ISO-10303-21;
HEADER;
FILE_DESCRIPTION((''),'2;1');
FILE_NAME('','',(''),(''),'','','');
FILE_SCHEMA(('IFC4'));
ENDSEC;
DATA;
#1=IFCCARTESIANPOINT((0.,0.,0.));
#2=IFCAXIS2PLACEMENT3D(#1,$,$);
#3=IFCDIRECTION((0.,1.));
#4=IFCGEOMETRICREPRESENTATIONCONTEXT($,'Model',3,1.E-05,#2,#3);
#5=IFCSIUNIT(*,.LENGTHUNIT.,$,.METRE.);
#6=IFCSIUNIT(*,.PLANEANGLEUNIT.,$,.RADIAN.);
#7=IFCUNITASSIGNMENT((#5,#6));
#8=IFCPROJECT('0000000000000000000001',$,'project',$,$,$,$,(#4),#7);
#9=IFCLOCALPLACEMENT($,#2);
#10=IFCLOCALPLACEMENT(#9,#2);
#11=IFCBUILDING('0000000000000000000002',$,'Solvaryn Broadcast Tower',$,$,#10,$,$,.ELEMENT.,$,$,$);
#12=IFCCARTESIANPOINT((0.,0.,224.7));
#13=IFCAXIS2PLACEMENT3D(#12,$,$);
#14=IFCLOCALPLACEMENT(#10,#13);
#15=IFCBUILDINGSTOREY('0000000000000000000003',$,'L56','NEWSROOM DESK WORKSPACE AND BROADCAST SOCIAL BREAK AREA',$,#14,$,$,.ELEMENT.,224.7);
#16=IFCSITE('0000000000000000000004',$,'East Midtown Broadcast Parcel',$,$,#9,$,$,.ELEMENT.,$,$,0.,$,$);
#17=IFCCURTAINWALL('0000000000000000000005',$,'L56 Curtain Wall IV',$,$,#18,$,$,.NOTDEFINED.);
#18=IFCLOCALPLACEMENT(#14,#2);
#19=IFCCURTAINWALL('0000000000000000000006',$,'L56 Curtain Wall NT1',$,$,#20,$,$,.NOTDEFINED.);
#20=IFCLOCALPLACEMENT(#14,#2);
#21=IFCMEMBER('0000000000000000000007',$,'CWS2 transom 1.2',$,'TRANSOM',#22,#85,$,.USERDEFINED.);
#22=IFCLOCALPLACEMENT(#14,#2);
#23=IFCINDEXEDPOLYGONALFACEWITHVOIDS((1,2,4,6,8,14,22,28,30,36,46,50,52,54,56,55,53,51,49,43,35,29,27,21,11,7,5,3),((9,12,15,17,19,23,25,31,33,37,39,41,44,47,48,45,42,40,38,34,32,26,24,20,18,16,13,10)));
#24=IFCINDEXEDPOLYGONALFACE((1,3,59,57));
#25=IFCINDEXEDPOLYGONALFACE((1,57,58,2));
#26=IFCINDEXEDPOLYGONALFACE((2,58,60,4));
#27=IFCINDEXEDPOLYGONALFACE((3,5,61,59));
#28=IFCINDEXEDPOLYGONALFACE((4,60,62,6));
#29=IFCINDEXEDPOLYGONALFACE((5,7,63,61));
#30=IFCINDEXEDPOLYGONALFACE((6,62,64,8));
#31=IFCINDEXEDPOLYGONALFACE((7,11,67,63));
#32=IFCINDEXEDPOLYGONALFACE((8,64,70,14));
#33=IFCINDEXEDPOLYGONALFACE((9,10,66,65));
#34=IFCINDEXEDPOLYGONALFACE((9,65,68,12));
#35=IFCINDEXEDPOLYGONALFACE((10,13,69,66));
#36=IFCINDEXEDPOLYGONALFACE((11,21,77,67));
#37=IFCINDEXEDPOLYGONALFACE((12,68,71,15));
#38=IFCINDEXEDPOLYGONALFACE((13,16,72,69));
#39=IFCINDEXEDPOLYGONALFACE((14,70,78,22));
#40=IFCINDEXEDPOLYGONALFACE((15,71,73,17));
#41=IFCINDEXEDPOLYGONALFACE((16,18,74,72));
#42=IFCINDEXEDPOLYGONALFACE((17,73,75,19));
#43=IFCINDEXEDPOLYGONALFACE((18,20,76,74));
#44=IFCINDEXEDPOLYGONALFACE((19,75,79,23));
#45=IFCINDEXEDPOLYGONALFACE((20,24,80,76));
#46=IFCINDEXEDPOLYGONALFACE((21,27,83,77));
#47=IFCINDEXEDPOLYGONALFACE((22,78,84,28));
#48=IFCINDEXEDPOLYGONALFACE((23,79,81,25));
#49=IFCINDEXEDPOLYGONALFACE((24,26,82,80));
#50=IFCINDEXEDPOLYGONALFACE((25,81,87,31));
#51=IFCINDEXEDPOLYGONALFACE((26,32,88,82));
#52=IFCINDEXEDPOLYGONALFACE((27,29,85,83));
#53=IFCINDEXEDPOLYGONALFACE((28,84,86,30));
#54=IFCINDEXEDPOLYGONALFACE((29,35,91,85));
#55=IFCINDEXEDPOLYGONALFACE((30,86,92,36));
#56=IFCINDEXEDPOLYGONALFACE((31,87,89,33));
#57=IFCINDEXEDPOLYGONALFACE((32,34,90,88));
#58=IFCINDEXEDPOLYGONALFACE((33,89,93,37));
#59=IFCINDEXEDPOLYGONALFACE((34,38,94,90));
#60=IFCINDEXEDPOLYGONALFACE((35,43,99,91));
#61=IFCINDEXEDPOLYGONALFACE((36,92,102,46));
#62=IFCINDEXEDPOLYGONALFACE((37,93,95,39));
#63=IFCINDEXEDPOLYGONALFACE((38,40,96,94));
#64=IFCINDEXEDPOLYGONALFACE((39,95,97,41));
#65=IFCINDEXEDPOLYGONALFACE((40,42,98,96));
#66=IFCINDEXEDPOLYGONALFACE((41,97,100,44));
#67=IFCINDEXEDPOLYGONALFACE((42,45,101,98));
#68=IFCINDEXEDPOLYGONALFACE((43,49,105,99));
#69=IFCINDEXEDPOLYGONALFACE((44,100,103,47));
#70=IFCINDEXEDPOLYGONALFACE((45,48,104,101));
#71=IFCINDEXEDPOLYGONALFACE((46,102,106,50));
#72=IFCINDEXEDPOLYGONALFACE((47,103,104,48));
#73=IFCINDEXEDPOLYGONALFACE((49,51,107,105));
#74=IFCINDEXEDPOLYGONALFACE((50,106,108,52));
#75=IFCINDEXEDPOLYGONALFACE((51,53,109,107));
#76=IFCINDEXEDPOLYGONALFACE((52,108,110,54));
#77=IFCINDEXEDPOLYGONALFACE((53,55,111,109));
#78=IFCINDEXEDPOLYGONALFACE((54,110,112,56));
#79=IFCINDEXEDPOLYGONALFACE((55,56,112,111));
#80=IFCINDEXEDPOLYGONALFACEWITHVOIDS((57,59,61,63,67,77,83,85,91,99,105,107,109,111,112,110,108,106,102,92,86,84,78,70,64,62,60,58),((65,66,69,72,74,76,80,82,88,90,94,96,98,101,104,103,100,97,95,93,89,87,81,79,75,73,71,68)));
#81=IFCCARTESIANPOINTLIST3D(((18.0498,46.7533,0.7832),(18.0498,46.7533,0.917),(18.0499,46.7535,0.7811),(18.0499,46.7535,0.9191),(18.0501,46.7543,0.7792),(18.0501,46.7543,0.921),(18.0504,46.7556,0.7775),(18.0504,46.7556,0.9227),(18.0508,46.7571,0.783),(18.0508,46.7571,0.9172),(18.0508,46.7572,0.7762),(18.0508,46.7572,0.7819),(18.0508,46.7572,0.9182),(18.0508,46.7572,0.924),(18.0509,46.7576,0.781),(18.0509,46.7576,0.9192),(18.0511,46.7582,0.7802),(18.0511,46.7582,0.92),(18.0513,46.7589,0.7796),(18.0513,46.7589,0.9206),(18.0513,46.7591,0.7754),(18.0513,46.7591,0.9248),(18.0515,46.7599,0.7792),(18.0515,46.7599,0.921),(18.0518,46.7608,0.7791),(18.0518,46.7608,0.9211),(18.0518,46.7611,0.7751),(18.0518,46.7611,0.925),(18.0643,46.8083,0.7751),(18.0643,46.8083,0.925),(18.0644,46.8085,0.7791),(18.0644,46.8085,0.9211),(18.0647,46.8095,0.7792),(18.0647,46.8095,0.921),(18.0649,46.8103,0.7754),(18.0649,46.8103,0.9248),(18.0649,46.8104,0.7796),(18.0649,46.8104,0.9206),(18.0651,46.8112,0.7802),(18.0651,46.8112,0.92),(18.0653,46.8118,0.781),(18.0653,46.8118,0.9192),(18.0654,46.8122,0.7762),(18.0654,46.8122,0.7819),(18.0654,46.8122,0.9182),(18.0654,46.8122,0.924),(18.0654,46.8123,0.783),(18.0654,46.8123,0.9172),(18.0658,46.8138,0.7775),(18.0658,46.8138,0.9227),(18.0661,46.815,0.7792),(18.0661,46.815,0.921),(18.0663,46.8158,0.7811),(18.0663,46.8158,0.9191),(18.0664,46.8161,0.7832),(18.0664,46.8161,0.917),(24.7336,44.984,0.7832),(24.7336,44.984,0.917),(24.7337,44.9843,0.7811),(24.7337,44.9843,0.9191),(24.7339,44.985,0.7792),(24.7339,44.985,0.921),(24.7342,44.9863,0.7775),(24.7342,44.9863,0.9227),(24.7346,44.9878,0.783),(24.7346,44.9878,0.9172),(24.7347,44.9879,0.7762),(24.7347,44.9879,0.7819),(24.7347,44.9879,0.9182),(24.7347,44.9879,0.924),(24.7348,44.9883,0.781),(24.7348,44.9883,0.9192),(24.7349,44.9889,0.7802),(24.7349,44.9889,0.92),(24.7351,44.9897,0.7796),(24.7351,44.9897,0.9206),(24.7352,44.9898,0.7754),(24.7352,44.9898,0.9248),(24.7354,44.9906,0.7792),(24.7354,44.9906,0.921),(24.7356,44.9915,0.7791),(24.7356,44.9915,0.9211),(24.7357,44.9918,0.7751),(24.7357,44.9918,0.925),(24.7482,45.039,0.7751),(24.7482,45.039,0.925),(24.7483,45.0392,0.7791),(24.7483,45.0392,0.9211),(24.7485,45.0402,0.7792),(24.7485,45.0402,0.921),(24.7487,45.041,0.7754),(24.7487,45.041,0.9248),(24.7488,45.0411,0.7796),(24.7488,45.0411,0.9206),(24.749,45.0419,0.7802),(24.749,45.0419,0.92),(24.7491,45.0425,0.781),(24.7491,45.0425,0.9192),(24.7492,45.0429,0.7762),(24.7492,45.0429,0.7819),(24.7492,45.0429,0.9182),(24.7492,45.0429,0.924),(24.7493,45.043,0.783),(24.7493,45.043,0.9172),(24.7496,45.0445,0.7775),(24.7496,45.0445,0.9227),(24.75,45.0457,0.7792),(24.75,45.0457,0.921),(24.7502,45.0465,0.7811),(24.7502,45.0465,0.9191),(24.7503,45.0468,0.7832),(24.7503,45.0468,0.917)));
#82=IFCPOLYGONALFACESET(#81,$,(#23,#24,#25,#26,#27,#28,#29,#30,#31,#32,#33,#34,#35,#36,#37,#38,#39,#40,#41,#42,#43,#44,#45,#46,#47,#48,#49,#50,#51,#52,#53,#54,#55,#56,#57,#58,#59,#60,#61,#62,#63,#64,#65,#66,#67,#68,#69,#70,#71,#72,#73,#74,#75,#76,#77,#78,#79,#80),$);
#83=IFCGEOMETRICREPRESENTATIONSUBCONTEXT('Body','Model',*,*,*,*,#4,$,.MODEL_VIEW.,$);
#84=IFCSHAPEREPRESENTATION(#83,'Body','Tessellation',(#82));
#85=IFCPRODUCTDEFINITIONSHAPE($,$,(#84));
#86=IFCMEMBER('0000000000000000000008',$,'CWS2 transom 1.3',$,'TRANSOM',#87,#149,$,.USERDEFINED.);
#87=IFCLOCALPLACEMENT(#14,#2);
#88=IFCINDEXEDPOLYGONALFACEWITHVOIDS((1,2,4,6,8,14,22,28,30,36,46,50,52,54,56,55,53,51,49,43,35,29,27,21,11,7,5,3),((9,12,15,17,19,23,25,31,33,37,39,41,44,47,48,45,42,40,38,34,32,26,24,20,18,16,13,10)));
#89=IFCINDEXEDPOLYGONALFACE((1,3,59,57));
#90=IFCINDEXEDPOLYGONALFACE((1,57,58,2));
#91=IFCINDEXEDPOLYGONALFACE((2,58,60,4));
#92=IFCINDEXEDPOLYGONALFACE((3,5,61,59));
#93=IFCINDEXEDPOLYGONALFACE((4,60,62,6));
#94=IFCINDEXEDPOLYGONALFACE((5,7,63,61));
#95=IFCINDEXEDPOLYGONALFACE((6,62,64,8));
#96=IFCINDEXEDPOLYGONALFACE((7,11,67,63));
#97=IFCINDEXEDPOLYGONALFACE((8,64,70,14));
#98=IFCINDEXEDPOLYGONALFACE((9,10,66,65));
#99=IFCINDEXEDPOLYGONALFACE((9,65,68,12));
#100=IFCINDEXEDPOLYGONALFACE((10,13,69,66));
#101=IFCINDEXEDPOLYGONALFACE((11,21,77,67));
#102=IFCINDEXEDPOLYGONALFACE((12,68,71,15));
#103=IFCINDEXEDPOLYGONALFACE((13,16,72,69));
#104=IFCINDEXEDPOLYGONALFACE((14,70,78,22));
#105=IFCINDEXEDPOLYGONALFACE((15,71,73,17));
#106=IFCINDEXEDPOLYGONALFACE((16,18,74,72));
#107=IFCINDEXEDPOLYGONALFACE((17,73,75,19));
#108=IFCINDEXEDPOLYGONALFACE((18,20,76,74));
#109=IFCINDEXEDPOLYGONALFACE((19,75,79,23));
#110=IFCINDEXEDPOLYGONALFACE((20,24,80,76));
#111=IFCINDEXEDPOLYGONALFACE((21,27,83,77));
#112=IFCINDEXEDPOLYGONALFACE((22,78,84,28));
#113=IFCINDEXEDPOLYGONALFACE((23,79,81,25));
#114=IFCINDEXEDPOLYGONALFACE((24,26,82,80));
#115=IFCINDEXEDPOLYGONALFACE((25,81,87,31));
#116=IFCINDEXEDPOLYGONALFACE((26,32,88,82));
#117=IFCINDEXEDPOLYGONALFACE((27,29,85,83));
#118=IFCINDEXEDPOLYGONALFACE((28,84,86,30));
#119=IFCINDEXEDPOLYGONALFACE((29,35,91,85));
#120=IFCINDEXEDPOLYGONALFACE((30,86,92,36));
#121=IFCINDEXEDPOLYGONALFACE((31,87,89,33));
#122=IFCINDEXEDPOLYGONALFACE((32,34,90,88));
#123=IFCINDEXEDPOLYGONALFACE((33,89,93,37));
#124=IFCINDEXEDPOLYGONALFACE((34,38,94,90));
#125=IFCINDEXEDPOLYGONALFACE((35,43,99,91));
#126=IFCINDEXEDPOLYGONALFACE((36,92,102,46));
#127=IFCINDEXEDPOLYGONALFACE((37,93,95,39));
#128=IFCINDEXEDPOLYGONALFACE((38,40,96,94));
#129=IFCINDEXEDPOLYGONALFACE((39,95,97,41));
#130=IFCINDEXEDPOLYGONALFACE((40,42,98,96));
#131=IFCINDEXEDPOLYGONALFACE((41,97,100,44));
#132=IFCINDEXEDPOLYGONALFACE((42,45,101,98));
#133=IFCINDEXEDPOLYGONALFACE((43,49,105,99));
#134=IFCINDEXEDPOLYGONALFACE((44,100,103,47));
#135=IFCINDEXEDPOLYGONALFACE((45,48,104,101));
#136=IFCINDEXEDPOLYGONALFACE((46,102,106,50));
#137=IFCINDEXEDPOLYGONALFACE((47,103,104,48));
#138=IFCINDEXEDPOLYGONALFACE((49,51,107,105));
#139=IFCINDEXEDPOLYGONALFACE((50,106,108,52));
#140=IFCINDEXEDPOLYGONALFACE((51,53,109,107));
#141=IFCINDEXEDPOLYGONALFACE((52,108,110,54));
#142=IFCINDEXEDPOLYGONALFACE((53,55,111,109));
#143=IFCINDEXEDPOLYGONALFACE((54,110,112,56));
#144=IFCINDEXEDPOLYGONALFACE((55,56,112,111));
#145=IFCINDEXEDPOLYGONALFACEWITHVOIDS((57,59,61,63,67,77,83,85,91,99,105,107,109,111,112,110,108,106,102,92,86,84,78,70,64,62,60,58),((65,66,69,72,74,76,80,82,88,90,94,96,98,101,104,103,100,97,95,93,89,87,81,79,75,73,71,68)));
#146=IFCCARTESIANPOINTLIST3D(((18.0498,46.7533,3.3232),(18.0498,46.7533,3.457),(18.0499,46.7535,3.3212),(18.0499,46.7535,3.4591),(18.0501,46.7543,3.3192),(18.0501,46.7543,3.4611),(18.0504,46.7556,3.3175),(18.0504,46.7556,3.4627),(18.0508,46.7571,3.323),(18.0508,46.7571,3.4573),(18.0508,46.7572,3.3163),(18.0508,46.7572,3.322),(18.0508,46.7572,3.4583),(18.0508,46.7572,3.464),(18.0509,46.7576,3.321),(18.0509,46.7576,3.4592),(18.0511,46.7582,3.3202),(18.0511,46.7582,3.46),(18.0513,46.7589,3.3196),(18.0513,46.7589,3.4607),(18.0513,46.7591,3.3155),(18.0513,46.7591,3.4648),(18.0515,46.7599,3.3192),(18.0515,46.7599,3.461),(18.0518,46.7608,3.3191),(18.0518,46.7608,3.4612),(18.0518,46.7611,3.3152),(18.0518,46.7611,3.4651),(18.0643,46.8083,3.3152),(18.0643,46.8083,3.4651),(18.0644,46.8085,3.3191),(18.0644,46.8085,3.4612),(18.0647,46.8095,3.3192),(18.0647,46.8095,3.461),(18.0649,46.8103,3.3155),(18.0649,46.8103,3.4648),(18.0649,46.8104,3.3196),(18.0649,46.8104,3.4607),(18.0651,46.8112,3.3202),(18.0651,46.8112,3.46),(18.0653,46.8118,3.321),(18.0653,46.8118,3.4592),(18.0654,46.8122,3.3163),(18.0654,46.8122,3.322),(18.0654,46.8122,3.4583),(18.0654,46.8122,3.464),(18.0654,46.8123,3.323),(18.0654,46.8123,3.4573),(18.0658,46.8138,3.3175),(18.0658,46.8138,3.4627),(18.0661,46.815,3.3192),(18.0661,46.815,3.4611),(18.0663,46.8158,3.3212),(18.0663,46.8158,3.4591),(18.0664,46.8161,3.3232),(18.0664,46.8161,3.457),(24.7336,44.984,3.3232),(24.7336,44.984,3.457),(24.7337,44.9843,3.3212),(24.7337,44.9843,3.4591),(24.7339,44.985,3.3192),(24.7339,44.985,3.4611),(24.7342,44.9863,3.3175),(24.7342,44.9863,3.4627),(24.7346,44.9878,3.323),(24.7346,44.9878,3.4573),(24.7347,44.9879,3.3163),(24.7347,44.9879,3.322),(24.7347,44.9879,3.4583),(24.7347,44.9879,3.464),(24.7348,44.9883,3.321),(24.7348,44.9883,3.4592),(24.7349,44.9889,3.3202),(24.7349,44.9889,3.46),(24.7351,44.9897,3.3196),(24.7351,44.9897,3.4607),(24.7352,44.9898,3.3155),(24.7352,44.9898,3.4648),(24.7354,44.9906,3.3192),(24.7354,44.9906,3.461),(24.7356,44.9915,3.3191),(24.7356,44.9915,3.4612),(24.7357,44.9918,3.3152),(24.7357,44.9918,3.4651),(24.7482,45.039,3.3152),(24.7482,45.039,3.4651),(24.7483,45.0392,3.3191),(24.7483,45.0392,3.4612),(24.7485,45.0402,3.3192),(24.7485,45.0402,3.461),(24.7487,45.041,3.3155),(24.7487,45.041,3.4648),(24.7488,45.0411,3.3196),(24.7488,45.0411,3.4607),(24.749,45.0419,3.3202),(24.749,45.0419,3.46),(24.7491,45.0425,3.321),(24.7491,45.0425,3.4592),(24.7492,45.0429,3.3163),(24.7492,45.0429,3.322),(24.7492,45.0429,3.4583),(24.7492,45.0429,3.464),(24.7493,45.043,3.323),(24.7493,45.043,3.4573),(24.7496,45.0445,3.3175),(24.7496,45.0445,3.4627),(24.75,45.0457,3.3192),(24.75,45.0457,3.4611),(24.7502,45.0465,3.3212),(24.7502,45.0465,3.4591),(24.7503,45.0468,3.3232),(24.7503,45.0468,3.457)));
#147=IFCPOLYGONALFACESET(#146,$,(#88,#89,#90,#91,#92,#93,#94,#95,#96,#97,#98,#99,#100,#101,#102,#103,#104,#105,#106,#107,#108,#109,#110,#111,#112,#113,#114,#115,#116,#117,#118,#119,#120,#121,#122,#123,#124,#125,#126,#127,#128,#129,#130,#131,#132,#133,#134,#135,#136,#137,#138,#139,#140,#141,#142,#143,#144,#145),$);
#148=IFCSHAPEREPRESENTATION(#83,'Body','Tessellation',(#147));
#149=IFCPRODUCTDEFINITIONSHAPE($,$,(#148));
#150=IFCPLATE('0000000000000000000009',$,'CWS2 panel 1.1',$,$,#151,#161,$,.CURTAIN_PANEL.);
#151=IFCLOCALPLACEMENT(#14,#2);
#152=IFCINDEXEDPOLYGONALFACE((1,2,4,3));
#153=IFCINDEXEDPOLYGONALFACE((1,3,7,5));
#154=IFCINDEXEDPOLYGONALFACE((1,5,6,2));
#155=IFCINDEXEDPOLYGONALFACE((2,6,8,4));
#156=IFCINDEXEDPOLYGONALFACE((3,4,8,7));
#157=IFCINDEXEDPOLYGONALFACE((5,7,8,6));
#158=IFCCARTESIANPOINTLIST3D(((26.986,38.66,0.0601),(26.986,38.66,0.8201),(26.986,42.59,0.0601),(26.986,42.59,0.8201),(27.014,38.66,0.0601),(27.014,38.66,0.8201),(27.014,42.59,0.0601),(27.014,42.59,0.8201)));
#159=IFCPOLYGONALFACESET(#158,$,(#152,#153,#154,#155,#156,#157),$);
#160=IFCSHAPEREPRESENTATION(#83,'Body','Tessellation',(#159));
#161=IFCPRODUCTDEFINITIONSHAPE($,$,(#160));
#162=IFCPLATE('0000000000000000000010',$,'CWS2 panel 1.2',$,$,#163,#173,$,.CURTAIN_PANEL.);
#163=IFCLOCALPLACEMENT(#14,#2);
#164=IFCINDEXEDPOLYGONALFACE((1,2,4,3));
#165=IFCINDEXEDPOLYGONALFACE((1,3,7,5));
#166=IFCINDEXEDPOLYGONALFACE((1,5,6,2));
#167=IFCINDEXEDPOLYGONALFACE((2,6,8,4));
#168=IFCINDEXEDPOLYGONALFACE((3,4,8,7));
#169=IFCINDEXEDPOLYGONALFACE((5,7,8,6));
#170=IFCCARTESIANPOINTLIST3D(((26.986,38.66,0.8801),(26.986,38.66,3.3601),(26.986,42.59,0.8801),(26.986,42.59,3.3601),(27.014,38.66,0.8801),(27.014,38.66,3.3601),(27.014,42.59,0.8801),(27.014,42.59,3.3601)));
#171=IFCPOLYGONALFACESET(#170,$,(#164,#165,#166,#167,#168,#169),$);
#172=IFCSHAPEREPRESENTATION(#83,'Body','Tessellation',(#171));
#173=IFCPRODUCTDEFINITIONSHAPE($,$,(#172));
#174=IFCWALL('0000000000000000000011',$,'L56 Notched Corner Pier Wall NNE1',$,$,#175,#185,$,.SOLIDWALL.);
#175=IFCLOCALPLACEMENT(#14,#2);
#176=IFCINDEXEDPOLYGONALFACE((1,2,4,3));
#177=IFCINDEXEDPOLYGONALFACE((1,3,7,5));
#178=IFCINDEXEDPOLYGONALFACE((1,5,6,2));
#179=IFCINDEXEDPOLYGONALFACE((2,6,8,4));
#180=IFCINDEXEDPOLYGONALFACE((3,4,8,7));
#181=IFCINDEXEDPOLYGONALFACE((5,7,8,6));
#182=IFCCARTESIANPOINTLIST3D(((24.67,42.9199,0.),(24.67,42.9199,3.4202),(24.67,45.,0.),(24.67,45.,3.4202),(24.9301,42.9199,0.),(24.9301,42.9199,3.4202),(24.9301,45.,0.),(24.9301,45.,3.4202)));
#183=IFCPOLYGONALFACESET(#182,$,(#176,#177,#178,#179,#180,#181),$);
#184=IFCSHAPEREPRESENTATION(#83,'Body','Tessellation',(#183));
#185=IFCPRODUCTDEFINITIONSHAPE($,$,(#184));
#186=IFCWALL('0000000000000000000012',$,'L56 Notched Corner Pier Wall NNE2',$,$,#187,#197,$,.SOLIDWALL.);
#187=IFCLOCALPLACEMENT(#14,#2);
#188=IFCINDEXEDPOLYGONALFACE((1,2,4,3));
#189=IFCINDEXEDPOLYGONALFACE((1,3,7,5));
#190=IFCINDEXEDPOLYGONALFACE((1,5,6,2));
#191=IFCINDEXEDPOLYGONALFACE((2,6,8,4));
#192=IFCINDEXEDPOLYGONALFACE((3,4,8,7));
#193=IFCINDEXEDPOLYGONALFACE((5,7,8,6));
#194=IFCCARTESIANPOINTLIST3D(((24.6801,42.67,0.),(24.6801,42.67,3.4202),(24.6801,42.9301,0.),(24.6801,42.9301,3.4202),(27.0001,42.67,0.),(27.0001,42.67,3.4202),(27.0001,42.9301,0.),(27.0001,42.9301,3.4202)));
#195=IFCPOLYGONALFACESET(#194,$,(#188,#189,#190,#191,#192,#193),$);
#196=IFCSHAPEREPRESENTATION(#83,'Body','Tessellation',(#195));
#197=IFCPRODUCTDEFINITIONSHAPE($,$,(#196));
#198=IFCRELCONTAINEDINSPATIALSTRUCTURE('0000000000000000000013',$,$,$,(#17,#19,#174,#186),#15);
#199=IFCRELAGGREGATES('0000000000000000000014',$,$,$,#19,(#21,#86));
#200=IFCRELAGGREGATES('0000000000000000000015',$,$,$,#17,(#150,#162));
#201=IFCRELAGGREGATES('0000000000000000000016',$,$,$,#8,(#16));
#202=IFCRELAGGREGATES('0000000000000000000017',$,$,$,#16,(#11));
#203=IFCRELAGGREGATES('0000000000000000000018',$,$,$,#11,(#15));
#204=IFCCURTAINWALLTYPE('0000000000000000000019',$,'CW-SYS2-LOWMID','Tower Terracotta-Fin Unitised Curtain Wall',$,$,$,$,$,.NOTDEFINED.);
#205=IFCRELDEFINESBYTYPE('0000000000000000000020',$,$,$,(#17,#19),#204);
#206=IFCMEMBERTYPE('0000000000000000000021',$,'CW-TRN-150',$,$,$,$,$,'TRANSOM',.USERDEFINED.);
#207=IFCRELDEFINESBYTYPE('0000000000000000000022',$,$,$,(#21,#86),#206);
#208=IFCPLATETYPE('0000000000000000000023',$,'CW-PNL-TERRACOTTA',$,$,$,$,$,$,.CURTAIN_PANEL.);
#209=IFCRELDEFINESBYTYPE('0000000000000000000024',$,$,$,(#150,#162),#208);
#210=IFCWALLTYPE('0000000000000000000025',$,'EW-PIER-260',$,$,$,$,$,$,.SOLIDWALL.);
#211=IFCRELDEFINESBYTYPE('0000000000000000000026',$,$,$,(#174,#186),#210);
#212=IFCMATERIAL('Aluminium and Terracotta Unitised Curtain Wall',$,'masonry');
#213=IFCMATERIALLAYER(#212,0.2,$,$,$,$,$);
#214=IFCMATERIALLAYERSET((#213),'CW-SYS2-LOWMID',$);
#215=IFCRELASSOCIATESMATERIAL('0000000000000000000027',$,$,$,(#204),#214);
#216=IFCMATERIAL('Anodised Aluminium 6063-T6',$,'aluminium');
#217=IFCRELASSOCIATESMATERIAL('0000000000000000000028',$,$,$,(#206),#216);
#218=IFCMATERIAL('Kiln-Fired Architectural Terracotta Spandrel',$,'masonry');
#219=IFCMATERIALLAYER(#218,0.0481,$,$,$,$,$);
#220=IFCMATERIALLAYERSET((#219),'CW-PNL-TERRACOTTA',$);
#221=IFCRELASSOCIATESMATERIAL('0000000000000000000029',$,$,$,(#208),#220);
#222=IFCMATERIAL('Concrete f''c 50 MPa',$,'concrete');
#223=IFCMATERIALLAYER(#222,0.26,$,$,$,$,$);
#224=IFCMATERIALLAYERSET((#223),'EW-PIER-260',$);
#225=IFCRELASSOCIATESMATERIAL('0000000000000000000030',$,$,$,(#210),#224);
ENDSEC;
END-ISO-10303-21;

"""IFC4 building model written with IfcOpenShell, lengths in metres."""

from ifc_helpers import new_model, si_unit, direction, frame, frame_2d, origin, origin_2d, place, context, subcontext, project, spatial, rectangle, hollow_rectangle, extrude, material, layer, layer_set, material_profile, profile_set, type_object, element, aggregate, save


model = new_model("IFC4")

# Units and contexts
model_context = context("Model", 3, precision=1e-05, world=origin(), true_north=direction((0.0, 1.0)))
body_context = subcontext(model_context, "Body", "Model", "MODEL_VIEW")
ifc_project = project(units=[si_unit("LENGTHUNIT", "METRE"), si_unit("PLANEANGLEUNIT", "RADIAN")], contexts=[model_context])

# Site, building, storey
site_placement = place(None, origin())
site = spatial("IfcSite", under=ifc_project, at=site_placement, Name="East Midtown Broadcast Parcel", CompositionType="ELEMENT", RefElevation=0.0)
building_placement = place(site_placement, origin())
building = spatial("IfcBuilding", under=site, at=building_placement, Name="Solvaryn Broadcast Tower", CompositionType="ELEMENT")
storey_placement = place(building_placement, frame((0.0, 0.0, 224.7)))
storey = spatial("IfcBuildingStorey", under=building, at=storey_placement, Name="L56", Description="NEWSROOM DESK WORKSPACE AND BROADCAST SOCIAL BREAK AREA", CompositionType="ELEMENT", Elevation=224.7)

# Curtain wall
ifc_material_1 = material(Name="Aluminium and Terracotta Unitised Curtain Wall", Category="masonry")
ifc_layer_1 = layer(ifc_material_1, 0.2)
ifc_layer_set_1 = layer_set([ifc_layer_1], Name="CW-SYS2-LOWMID")
curtain_wall_type = type_object("IfcCurtainWallType", Name="CW-SYS2-LOWMID", Description="Tower Terracotta-Fin Unitised Curtain Wall", PredefinedType="NOTDEFINED", material=ifc_layer_set_1)
curtain_wall_1_placement = place(storey_placement, origin())
curtain_wall_1 = element("IfcCurtainWall", 1, at=curtain_wall_1_placement, inside=storey, type_object=curtain_wall_type, Name="L56 Curtain Wall IV", PredefinedType="NOTDEFINED")

# Curtain wall
curtain_wall_2_placement = place(storey_placement, origin())
curtain_wall_2 = element("IfcCurtainWall", 2, at=curtain_wall_2_placement, inside=storey, type_object=curtain_wall_type, Name="L56 Curtain Wall NT1", PredefinedType="NOTDEFINED")

# Members
ifc_material_2 = material(Name="Anodised Aluminium 6063-T6", Category="aluminium")
ifc_material_profile_1 = material_profile(ifc_material_2, hollow_rectangle(XDim=0.0649, YDim=0.1499, WallThickness=0.0039, InnerFilletRadius=0.0039, OuterFilletRadius=0.0081, at=origin_2d()))
ifc_profile_set_1 = profile_set([ifc_material_profile_1], Name="Anodised Aluminium 6063-T6")
member_type_1 = type_object("IfcMemberType", Name="CW-TRN-150", ElementType="TRANSOM", PredefinedType="USERDEFINED", material=ifc_profile_set_1)
member_1_placement = place(storey_placement, frame((24.7419, 45.0154, 0.8501), z_axis=(-0.966704, 0.255897, 0.0), x_axis=(-0.255897, -0.966704, 0.0)))
member_1 = element("IfcMember", 3, at=member_1_placement, type_object=member_type_1, Name="CWS2 transom 1.2", ObjectType="TRANSOM", PredefinedType="USERDEFINED", context=body_context, shape_type="SweptSolid", body=[
    extrude(hollow_rectangle(XDim=0.0649, YDim=0.1499, WallThickness=0.0039, InnerFilletRadius=0.0039, OuterFilletRadius=0.0081, at=origin_2d()), origin(), (0.0, 0.0, 1.0), 6.9141),
])
member_2_placement = place(storey_placement, frame((24.7419, 45.0154, 3.3901), z_axis=(-0.966704, 0.255897, 0.0), x_axis=(-0.255897, -0.966704, 0.0)))
member_2 = element("IfcMember", 4, at=member_2_placement, type_object=member_type_1, Name="CWS2 transom 1.3", ObjectType="TRANSOM", PredefinedType="USERDEFINED", context=body_context, shape_type="SweptSolid", body=[
    extrude(hollow_rectangle(XDim=0.0649, YDim=0.1499, WallThickness=0.0039, InnerFilletRadius=0.0039, OuterFilletRadius=0.0081, at=origin_2d()), origin(), (0.0, 0.0, 1.0), 6.9141),
])
aggregate(curtain_wall_2, [member_1, member_2])

# Plates
ifc_material_3 = material(Name="Kiln-Fired Architectural Terracotta Spandrel", Category="masonry")
ifc_layer_2 = layer(ifc_material_3, 0.0481)
ifc_layer_set_2 = layer_set([ifc_layer_2], Name="CW-PNL-TERRACOTTA")
plate_type = type_object("IfcPlateType", Name="CW-PNL-TERRACOTTA", PredefinedType="CURTAIN_PANEL", material=ifc_layer_set_2)
plate_1_placement = place(storey_placement, frame((27.0, 40.625, 0.0601), z_axis=(0.0, 0.0, 1.0), x_axis=(0.0, -1.0, 0.0)))
plate_1 = element("IfcPlate", 5, at=plate_1_placement, type_object=plate_type, Name="CWS2 panel 1.1", PredefinedType="CURTAIN_PANEL", context=body_context, shape_type="SweptSolid", body=[
    extrude(rectangle(XDim=3.9299, YDim=0.0281, at=origin_2d()), origin(), (0.0, 0.0, 1.0), 0.76),
])
plate_2_placement = place(storey_placement, frame((27.0, 40.625, 0.8801), z_axis=(0.0, 0.0, 1.0), x_axis=(0.0, -1.0, 0.0)))
plate_2 = element("IfcPlate", 6, at=plate_2_placement, type_object=plate_type, Name="CWS2 panel 1.2", PredefinedType="CURTAIN_PANEL", context=body_context, shape_type="SweptSolid", body=[
    extrude(rectangle(XDim=3.9299, YDim=0.0281, at=origin_2d()), origin(), (0.0, 0.0, 1.0), 2.48),
])
aggregate(curtain_wall_1, [plate_1, plate_2])

# Walls
ifc_material_4 = material(Name="Concrete f'c 50 MPa", Category="concrete")
ifc_layer_3 = layer(ifc_material_4, 0.26)
ifc_layer_set_3 = layer_set([ifc_layer_3], Name="EW-PIER-260")
wall_type_1 = type_object("IfcWallType", Name="EW-PIER-260", PredefinedType="SOLIDWALL", material=ifc_layer_set_3)
wall_1_placement = place(storey_placement, frame((24.8, 45.0, 0.0), z_axis=(0.0, 0.0, 1.0), x_axis=(0.0, -1.0, 0.0)))
element("IfcWall", 7, at=wall_1_placement, inside=storey, type_object=wall_type_1, Name="L56 Notched Corner Pier Wall NNE1", PredefinedType="SOLIDWALL", context=body_context, shape_type="SweptSolid", body=[
    extrude(rectangle(XDim=2.0801, YDim=0.26, at=frame_2d((1.04, 0.0))), origin(), (0.0, 0.0, 1.0), 3.4202),
])
wall_2_placement = place(storey_placement, frame((24.6799, 42.8, 0.0), z_axis=(0.0, 0.0, 1.0), x_axis=(1.0, 0.0, 0.0)))
element("IfcWall", 8, at=wall_2_placement, inside=storey, type_object=wall_type_1, Name="L56 Notched Corner Pier Wall NNE2", PredefinedType="SOLIDWALL", context=body_context, shape_type="SweptSolid", body=[
    extrude(rectangle(XDim=2.3201, YDim=0.26, at=frame_2d((1.1602, 0.0))), origin(), (0.0, 0.0, 1.0), 3.4202),
])

save(model, "model.ifc")
